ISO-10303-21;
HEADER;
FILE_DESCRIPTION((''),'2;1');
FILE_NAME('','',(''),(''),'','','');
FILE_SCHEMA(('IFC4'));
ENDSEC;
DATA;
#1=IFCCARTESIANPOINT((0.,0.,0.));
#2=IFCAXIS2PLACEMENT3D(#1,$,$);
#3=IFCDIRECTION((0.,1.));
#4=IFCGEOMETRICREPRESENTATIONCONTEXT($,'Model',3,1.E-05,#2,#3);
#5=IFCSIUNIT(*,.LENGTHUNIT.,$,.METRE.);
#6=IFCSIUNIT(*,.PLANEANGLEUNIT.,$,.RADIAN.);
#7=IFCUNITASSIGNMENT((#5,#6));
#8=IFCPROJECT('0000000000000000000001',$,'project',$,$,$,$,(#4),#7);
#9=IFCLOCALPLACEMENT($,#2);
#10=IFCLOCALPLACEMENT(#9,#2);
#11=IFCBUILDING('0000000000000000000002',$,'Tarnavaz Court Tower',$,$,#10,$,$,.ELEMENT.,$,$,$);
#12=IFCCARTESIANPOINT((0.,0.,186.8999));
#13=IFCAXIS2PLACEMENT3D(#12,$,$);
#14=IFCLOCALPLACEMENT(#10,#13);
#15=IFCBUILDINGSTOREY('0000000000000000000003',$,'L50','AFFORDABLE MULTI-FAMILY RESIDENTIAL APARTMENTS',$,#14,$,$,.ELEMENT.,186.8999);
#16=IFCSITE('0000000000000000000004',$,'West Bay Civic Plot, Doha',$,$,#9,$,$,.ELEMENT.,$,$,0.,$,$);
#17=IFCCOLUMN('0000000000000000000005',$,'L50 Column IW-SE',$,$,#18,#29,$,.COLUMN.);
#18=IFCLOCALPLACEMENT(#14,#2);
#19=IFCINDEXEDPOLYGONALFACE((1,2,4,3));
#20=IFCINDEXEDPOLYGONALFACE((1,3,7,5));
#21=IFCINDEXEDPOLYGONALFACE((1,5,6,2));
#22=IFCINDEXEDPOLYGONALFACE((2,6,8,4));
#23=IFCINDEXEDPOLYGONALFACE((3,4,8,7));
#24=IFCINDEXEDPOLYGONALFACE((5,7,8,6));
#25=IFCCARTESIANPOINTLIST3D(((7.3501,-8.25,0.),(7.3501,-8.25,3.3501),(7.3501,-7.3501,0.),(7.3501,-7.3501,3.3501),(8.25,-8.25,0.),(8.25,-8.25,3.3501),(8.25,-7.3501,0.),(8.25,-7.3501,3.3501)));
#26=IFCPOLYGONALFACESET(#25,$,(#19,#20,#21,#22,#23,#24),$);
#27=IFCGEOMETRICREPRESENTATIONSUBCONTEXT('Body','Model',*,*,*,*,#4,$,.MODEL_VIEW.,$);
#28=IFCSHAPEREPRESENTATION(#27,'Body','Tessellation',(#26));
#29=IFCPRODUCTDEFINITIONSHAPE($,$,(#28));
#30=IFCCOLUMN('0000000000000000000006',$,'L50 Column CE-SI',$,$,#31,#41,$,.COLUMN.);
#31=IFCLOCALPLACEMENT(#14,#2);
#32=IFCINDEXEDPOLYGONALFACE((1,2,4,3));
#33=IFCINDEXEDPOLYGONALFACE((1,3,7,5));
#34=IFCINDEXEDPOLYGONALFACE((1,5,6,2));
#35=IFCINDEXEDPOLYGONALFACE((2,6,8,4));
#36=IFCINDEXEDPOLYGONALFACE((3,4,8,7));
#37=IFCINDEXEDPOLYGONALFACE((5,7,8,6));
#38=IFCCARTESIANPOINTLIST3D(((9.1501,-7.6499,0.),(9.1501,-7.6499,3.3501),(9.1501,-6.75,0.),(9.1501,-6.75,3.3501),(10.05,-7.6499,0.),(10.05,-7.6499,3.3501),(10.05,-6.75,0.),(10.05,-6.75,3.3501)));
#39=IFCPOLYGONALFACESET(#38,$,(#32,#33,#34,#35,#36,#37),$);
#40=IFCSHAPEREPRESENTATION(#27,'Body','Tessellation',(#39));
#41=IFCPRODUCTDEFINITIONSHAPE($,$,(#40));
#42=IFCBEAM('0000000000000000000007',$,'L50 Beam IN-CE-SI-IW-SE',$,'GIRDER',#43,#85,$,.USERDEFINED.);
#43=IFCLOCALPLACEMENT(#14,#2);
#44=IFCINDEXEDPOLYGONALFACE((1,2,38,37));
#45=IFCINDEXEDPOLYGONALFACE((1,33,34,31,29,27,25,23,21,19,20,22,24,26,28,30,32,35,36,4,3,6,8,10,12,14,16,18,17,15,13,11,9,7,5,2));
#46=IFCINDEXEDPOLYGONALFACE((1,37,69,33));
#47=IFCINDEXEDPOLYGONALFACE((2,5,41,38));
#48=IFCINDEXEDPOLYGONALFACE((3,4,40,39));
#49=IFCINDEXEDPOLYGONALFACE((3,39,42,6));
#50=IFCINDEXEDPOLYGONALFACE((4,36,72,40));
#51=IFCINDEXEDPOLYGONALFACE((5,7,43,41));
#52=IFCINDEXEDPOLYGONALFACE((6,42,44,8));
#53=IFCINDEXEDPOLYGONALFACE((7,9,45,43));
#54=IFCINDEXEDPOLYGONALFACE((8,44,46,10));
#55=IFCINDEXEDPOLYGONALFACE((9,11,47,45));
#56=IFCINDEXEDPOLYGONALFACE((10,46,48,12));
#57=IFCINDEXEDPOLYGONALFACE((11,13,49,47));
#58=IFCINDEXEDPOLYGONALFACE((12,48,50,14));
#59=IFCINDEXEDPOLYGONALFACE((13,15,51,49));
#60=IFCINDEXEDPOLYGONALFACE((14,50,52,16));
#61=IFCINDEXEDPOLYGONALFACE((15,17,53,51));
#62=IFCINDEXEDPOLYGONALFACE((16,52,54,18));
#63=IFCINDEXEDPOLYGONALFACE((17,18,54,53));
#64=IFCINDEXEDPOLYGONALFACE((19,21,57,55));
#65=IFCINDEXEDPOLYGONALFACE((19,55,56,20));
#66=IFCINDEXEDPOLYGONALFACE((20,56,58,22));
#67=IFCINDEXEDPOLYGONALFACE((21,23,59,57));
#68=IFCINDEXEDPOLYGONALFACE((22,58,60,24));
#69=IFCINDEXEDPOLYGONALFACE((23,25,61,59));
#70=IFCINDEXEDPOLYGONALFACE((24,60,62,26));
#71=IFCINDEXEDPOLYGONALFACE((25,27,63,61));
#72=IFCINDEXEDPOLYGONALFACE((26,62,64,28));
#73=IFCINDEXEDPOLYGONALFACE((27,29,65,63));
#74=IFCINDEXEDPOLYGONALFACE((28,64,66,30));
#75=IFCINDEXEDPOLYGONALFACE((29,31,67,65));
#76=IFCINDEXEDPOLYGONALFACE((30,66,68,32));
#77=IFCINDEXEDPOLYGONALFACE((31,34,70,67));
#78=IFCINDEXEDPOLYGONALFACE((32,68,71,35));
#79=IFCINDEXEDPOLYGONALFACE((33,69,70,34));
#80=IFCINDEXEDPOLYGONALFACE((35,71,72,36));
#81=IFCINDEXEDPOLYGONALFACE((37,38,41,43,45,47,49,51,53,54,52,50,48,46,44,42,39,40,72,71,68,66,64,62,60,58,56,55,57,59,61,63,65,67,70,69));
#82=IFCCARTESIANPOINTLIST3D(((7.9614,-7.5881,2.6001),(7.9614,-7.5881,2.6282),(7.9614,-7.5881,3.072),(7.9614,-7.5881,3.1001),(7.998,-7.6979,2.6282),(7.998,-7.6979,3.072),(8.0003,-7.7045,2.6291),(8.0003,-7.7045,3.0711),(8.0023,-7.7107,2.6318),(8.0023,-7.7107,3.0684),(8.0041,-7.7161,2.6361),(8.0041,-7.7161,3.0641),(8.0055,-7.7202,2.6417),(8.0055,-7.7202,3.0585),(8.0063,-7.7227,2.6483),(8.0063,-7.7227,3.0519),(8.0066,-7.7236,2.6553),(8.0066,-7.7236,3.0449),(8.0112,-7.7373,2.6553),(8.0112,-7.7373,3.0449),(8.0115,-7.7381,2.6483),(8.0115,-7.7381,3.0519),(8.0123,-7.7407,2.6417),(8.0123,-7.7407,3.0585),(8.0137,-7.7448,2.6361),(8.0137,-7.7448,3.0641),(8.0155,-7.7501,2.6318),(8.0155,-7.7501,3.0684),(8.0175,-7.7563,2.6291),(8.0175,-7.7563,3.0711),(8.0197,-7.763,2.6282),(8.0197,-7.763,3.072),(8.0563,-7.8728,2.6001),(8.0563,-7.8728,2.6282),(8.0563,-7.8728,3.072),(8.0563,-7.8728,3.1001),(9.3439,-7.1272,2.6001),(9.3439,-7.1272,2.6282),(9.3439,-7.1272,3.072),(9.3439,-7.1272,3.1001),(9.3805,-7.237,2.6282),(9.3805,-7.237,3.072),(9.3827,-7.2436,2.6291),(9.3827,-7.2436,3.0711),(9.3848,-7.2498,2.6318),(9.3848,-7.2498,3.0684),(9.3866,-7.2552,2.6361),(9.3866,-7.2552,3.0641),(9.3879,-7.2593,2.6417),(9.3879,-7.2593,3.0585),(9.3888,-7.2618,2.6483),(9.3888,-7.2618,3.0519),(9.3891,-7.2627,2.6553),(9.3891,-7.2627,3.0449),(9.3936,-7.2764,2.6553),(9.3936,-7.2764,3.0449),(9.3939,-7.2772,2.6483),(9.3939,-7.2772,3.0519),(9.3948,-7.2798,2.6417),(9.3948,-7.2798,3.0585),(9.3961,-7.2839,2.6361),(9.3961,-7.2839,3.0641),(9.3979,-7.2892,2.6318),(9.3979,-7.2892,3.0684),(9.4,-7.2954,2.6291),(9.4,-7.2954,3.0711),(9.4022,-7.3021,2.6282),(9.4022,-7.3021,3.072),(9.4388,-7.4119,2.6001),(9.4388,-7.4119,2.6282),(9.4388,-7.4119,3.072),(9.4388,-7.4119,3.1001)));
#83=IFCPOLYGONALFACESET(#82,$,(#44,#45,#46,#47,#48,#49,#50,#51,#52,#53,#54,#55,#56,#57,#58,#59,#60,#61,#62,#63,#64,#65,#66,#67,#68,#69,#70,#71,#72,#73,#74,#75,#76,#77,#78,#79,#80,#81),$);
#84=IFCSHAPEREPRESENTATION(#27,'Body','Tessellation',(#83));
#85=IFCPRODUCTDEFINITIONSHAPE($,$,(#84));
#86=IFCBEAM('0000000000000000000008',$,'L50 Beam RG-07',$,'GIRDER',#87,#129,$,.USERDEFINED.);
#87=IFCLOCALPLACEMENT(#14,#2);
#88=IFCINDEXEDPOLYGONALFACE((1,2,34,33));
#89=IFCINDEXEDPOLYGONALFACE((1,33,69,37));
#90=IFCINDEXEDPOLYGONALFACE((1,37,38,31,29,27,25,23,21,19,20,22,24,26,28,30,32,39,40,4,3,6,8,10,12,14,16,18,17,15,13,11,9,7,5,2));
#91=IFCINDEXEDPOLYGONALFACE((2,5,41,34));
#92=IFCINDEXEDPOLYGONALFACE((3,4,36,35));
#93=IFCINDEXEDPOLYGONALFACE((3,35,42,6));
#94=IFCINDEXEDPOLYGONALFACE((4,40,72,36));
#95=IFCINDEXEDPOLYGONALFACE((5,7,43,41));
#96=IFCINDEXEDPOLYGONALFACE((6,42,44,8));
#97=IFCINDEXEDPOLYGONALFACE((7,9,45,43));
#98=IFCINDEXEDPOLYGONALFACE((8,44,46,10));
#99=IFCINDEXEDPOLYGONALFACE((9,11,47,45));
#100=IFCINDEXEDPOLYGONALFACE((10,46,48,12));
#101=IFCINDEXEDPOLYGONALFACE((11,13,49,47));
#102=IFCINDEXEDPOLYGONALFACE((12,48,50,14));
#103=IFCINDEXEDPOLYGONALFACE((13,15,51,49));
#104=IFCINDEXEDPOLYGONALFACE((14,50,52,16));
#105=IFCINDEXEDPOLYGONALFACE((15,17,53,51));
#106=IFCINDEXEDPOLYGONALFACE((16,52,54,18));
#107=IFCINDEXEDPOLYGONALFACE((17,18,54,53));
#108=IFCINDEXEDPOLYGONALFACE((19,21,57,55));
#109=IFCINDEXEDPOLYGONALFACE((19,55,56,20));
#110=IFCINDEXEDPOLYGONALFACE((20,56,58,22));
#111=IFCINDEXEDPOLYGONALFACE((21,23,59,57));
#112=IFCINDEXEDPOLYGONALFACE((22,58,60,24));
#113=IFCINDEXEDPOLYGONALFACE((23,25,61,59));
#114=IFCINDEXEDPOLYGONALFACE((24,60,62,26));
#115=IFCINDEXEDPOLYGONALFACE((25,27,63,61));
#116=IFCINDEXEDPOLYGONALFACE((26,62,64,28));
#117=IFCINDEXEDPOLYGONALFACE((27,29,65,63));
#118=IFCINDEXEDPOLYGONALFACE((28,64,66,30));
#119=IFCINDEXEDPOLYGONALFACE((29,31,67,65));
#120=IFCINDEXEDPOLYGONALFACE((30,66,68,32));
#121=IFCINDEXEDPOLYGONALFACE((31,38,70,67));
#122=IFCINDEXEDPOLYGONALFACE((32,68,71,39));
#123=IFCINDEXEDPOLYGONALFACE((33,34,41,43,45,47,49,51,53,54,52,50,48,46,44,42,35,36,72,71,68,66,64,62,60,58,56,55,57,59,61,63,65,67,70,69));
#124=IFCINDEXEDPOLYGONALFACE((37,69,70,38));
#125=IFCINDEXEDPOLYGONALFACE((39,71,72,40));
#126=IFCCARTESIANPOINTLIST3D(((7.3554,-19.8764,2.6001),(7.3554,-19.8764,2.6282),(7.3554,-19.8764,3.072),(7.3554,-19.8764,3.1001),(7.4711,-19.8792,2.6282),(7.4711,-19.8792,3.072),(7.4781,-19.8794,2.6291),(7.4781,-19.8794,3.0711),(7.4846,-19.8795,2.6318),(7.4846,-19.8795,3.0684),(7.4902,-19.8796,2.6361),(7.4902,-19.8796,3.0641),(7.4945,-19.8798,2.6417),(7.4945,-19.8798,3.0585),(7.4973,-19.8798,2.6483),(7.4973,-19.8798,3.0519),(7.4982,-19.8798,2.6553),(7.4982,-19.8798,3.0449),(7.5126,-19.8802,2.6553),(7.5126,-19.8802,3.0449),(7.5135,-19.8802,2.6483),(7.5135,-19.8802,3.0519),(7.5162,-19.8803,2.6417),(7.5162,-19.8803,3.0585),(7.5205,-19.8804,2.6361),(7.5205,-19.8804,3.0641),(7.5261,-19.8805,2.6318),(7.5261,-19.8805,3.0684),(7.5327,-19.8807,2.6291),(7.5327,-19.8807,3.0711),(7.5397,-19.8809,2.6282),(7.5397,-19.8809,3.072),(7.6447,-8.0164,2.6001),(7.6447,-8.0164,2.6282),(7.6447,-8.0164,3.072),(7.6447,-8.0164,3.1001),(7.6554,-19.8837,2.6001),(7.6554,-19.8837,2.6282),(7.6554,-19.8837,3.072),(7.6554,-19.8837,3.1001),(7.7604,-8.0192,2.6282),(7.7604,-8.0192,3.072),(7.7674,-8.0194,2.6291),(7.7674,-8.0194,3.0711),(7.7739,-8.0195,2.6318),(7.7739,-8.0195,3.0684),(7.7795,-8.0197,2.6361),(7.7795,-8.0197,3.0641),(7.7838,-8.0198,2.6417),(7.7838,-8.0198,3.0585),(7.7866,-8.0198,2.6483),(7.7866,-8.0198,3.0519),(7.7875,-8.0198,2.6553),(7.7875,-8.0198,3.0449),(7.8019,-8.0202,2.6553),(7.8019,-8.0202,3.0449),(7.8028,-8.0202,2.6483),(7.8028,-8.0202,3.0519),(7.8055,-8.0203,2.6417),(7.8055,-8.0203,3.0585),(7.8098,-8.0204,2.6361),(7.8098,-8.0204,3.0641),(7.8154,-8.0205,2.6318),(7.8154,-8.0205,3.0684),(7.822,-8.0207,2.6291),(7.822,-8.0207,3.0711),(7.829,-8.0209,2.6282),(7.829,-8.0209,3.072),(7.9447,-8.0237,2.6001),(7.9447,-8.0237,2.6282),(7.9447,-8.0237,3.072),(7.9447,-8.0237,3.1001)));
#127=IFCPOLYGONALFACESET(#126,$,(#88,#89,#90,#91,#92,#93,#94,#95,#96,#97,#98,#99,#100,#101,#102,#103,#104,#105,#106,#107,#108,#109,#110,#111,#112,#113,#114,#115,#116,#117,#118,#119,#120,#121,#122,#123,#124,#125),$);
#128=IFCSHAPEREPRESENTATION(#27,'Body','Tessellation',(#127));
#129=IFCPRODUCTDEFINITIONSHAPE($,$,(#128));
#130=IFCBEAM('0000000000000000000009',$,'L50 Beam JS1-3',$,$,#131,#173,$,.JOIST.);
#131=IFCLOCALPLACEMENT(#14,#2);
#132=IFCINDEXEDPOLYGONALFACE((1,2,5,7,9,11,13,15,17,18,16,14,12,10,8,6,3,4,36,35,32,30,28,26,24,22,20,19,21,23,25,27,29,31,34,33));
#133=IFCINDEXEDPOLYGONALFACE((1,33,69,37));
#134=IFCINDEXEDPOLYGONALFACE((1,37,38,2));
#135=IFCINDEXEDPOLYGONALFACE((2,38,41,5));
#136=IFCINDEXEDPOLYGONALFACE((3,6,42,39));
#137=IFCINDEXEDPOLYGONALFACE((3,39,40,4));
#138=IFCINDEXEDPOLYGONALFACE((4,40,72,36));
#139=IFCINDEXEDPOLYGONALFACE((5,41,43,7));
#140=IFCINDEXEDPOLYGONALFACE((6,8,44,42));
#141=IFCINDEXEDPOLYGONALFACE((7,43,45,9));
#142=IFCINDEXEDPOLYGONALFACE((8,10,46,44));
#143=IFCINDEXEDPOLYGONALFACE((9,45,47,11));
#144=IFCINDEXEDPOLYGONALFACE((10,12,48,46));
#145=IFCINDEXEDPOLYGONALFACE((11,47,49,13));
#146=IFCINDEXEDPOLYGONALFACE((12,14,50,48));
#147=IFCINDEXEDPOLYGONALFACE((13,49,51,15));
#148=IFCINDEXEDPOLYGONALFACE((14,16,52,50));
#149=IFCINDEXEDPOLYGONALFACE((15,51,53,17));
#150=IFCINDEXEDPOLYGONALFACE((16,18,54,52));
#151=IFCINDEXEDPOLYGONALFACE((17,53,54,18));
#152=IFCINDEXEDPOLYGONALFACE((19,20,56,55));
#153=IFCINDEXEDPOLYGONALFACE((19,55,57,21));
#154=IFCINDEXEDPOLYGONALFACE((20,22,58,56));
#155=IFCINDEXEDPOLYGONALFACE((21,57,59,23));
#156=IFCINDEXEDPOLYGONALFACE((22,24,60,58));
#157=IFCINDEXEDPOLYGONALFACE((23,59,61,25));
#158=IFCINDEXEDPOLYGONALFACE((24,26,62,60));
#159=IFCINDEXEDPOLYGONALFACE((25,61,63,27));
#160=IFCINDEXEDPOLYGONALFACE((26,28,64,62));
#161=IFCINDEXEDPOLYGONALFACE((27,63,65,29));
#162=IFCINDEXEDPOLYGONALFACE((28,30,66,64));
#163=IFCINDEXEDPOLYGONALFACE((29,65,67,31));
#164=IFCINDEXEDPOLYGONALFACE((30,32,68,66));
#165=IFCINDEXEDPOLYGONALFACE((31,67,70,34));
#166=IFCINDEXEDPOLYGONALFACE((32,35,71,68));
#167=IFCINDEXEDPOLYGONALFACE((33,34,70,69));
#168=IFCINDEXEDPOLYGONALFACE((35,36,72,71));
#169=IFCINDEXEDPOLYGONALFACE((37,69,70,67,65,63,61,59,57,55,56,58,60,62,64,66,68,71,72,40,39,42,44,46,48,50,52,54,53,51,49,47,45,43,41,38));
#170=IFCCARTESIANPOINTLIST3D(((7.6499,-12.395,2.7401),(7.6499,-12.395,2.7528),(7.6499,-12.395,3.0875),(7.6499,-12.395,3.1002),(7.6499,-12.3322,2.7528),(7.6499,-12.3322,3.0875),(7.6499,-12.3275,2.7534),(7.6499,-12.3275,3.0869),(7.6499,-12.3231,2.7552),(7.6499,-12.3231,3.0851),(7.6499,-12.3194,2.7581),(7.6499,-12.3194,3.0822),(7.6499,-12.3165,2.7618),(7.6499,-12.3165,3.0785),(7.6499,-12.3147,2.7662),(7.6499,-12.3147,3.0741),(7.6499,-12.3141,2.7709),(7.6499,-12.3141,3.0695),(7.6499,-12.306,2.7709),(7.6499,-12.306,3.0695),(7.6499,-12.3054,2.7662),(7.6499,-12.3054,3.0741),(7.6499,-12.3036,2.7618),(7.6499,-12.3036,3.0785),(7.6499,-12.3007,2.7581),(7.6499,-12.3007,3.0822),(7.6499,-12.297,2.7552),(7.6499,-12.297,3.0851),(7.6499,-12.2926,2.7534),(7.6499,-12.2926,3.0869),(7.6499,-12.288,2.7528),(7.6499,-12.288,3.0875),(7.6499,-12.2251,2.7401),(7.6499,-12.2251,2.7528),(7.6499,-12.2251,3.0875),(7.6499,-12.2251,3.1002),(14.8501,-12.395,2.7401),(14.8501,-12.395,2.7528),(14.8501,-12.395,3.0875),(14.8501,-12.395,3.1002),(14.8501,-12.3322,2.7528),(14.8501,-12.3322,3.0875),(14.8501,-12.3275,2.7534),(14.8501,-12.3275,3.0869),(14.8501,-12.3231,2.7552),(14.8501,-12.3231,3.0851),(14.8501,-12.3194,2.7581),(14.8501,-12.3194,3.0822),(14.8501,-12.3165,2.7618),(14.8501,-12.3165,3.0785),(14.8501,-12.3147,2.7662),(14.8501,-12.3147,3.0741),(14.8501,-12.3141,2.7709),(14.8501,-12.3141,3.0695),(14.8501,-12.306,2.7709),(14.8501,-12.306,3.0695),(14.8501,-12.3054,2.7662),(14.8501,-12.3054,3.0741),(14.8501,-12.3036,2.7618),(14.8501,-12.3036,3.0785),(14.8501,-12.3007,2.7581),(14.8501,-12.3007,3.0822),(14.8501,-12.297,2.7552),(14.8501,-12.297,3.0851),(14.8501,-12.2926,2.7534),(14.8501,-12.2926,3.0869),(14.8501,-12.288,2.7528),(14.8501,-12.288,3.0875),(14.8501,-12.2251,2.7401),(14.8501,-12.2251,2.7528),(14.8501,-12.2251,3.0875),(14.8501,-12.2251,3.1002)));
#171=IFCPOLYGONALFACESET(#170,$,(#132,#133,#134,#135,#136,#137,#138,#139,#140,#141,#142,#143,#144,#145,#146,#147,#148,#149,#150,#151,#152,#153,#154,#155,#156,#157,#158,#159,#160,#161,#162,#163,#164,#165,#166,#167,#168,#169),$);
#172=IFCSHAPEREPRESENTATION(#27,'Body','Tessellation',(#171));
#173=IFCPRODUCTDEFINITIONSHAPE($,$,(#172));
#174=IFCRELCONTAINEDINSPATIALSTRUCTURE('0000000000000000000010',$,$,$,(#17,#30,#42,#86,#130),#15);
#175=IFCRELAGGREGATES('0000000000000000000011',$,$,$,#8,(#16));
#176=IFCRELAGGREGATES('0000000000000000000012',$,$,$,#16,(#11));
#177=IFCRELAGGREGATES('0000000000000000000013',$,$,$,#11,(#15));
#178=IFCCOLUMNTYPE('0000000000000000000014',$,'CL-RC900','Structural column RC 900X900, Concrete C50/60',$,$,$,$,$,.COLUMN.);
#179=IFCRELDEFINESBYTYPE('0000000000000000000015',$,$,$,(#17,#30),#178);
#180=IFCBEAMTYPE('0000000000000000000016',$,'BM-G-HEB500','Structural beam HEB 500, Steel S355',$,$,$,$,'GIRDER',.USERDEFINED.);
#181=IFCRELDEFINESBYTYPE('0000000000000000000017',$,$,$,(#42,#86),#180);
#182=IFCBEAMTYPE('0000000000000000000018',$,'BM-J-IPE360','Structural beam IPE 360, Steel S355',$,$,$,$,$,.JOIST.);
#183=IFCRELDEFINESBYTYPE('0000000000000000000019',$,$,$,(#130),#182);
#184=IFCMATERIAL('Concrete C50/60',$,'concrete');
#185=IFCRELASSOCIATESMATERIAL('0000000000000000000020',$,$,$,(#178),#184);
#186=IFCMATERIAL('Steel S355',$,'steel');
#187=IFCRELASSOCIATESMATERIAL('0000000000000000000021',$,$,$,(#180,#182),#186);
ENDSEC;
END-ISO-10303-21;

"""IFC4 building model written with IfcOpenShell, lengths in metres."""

from ifc_helpers import new_model, si_unit, direction, frame, origin, origin_2d, place, context, subcontext, project, spatial, rectangle, i_section, extrude, material, material_profile, profile_set, type_object, element, save


model = new_model("IFC4")

# Units and contexts
model_context = context("Model", 3, precision=1e-05, world=origin(), true_north=direction((0.0, 1.0)))
body_context = subcontext(model_context, "Body", "Model", "MODEL_VIEW")
ifc_project = project(units=[si_unit("LENGTHUNIT", "METRE"), si_unit("PLANEANGLEUNIT", "RADIAN")], contexts=[model_context])

# Site, building, storey
site_placement = place(None, origin())
site = spatial("IfcSite", under=ifc_project, at=site_placement, Name="West Bay Civic Plot, Doha", CompositionType="ELEMENT", RefElevation=0.0)
building_placement = place(site_placement, origin())
building = spatial("IfcBuilding", under=site, at=building_placement, Name="Tarnavaz Court Tower", CompositionType="ELEMENT")
storey_placement = place(building_placement, frame((0.0, 0.0, 186.8999)))
storey = spatial("IfcBuildingStorey", under=building, at=storey_placement, Name="L50", Description="AFFORDABLE MULTI-FAMILY RESIDENTIAL APARTMENTS", CompositionType="ELEMENT", Elevation=186.8999)

# Columns
ifc_material_1 = material(Name="Concrete C50/60", Category="concrete")
ifc_material_profile_1 = material_profile(ifc_material_1, rectangle(XDim=0.8999, YDim=0.8999, at=origin_2d()), Name="RC 900X900")
ifc_profile_set_1 = profile_set([ifc_material_profile_1], Name="Concrete C50/60")
column_type = type_object("IfcColumnType", Name="CL-RC900", Description="Structural column RC 900X900, Concrete C50/60", PredefinedType="COLUMN", material=ifc_profile_set_1)
for number, where, z_axis, x_axis, name in (
    (1, (7.8, -7.8, 0.0), (0.0, 0.0, 1.0), (1.0, 0.0, 0.0), "L50 Column IW-SE"),
    (2, (9.6001, -7.2, 0.0), (0.0, 0.0, 1.0), (1.0, 0.0, 0.0), "L50 Column CE-SI"),
):
    element("IfcColumn", number, at=place(storey_placement, frame(where, z_axis=z_axis, x_axis=x_axis)), inside=storey, type_object=column_type, Name=name, PredefinedType="COLUMN", context=body_context, shape_type="SweptSolid", body=[
        extrude(rectangle(XDim=0.8999, YDim=0.8999, at=origin_2d()), origin(), (0.0, 0.0, 1.0), 3.3501),
    ])

# Beams
ifc_material_2 = material(Name="Steel S355", Category="steel")
ifc_material_profile_2 = material_profile(ifc_material_2, i_section(OverallWidth=0.3, OverallDepth=0.5, WebThickness=0.0144, FlangeThickness=0.0281, FilletRadius=0.0271, at=origin_2d()), Name="HEB 500")
ifc_profile_set_2 = profile_set([ifc_material_profile_2], Name="Steel S355")
beam_type_1 = type_object("IfcBeamType", Name="BM-G-HEB500", Description="Structural beam HEB 500, Steel S355", ElementType="GIRDER", PredefinedType="USERDEFINED", material=ifc_profile_set_2)
beam_1_placement = place(storey_placement, frame((9.3914, -7.2695, 2.8501), z_axis=(-0.948667, -0.316278, 0.0), x_axis=(0.316278, -0.948667, 0.0)))
element("IfcBeam", 3, at=beam_1_placement, inside=storey, type_object=beam_type_1, Name="L50 Beam IN-CE-SI-IW-SE", ObjectType="GIRDER", PredefinedType="USERDEFINED", context=body_context, shape_type="SweptSolid", body=[
    extrude(i_section(OverallWidth=0.3, OverallDepth=0.5, WebThickness=0.0144, FlangeThickness=0.0281, FilletRadius=0.0271, at=origin_2d()), origin(), (0.0, 0.0, 1.0), 1.4573),
])
beam_2_placement = place(storey_placement, frame((7.7947, -8.02, 2.8501), z_axis=(-0.024386, -0.999703, 0.0), x_axis=(0.999703, -0.024386, 0.0)))
element("IfcBeam", 4, at=beam_2_placement, inside=storey, type_object=beam_type_1, Name="L50 Beam RG-07", ObjectType="GIRDER", PredefinedType="USERDEFINED", context=body_context, shape_type="SweptSolid", body=[
    extrude(i_section(OverallWidth=0.3, OverallDepth=0.5, WebThickness=0.0144, FlangeThickness=0.0281, FilletRadius=0.0271, at=origin_2d()), origin(), (0.0, 0.0, 1.0), 11.8635),
])
ifc_material_profile_3 = material_profile(ifc_material_2, i_section(OverallWidth=0.1699, OverallDepth=0.3601, WebThickness=0.0081, FlangeThickness=0.0127, FilletRadius=0.0181, at=origin_2d()), Name="IPE 360")
ifc_profile_set_3 = profile_set([ifc_material_profile_3], Name="Steel S355")
beam_type_2 = type_object("IfcBeamType", Name="BM-J-IPE360", Description="Structural beam IPE 360, Steel S355", PredefinedType="JOIST", material=ifc_profile_set_3)
for number, where, z_axis, x_axis, name in (
    (5, (7.6499, -12.3101, 2.9202), (1.0, 0.0, 0.0), (0.0, 1.0, 0.0), "L50 Beam JS1-3"),
):
    element("IfcBeam", number, at=place(storey_placement, frame(where, z_axis=z_axis, x_axis=x_axis)), inside=storey, type_object=beam_type_2, Name=name, PredefinedType="JOIST", context=body_context, shape_type="SweptSolid", body=[
        extrude(i_section(OverallWidth=0.1699, OverallDepth=0.3601, WebThickness=0.0081, FlangeThickness=0.0127, FilletRadius=0.0181, at=origin_2d()), origin(), (0.0, 0.0, 1.0), 7.2002),
    ])

save(model, "model.ifc")
